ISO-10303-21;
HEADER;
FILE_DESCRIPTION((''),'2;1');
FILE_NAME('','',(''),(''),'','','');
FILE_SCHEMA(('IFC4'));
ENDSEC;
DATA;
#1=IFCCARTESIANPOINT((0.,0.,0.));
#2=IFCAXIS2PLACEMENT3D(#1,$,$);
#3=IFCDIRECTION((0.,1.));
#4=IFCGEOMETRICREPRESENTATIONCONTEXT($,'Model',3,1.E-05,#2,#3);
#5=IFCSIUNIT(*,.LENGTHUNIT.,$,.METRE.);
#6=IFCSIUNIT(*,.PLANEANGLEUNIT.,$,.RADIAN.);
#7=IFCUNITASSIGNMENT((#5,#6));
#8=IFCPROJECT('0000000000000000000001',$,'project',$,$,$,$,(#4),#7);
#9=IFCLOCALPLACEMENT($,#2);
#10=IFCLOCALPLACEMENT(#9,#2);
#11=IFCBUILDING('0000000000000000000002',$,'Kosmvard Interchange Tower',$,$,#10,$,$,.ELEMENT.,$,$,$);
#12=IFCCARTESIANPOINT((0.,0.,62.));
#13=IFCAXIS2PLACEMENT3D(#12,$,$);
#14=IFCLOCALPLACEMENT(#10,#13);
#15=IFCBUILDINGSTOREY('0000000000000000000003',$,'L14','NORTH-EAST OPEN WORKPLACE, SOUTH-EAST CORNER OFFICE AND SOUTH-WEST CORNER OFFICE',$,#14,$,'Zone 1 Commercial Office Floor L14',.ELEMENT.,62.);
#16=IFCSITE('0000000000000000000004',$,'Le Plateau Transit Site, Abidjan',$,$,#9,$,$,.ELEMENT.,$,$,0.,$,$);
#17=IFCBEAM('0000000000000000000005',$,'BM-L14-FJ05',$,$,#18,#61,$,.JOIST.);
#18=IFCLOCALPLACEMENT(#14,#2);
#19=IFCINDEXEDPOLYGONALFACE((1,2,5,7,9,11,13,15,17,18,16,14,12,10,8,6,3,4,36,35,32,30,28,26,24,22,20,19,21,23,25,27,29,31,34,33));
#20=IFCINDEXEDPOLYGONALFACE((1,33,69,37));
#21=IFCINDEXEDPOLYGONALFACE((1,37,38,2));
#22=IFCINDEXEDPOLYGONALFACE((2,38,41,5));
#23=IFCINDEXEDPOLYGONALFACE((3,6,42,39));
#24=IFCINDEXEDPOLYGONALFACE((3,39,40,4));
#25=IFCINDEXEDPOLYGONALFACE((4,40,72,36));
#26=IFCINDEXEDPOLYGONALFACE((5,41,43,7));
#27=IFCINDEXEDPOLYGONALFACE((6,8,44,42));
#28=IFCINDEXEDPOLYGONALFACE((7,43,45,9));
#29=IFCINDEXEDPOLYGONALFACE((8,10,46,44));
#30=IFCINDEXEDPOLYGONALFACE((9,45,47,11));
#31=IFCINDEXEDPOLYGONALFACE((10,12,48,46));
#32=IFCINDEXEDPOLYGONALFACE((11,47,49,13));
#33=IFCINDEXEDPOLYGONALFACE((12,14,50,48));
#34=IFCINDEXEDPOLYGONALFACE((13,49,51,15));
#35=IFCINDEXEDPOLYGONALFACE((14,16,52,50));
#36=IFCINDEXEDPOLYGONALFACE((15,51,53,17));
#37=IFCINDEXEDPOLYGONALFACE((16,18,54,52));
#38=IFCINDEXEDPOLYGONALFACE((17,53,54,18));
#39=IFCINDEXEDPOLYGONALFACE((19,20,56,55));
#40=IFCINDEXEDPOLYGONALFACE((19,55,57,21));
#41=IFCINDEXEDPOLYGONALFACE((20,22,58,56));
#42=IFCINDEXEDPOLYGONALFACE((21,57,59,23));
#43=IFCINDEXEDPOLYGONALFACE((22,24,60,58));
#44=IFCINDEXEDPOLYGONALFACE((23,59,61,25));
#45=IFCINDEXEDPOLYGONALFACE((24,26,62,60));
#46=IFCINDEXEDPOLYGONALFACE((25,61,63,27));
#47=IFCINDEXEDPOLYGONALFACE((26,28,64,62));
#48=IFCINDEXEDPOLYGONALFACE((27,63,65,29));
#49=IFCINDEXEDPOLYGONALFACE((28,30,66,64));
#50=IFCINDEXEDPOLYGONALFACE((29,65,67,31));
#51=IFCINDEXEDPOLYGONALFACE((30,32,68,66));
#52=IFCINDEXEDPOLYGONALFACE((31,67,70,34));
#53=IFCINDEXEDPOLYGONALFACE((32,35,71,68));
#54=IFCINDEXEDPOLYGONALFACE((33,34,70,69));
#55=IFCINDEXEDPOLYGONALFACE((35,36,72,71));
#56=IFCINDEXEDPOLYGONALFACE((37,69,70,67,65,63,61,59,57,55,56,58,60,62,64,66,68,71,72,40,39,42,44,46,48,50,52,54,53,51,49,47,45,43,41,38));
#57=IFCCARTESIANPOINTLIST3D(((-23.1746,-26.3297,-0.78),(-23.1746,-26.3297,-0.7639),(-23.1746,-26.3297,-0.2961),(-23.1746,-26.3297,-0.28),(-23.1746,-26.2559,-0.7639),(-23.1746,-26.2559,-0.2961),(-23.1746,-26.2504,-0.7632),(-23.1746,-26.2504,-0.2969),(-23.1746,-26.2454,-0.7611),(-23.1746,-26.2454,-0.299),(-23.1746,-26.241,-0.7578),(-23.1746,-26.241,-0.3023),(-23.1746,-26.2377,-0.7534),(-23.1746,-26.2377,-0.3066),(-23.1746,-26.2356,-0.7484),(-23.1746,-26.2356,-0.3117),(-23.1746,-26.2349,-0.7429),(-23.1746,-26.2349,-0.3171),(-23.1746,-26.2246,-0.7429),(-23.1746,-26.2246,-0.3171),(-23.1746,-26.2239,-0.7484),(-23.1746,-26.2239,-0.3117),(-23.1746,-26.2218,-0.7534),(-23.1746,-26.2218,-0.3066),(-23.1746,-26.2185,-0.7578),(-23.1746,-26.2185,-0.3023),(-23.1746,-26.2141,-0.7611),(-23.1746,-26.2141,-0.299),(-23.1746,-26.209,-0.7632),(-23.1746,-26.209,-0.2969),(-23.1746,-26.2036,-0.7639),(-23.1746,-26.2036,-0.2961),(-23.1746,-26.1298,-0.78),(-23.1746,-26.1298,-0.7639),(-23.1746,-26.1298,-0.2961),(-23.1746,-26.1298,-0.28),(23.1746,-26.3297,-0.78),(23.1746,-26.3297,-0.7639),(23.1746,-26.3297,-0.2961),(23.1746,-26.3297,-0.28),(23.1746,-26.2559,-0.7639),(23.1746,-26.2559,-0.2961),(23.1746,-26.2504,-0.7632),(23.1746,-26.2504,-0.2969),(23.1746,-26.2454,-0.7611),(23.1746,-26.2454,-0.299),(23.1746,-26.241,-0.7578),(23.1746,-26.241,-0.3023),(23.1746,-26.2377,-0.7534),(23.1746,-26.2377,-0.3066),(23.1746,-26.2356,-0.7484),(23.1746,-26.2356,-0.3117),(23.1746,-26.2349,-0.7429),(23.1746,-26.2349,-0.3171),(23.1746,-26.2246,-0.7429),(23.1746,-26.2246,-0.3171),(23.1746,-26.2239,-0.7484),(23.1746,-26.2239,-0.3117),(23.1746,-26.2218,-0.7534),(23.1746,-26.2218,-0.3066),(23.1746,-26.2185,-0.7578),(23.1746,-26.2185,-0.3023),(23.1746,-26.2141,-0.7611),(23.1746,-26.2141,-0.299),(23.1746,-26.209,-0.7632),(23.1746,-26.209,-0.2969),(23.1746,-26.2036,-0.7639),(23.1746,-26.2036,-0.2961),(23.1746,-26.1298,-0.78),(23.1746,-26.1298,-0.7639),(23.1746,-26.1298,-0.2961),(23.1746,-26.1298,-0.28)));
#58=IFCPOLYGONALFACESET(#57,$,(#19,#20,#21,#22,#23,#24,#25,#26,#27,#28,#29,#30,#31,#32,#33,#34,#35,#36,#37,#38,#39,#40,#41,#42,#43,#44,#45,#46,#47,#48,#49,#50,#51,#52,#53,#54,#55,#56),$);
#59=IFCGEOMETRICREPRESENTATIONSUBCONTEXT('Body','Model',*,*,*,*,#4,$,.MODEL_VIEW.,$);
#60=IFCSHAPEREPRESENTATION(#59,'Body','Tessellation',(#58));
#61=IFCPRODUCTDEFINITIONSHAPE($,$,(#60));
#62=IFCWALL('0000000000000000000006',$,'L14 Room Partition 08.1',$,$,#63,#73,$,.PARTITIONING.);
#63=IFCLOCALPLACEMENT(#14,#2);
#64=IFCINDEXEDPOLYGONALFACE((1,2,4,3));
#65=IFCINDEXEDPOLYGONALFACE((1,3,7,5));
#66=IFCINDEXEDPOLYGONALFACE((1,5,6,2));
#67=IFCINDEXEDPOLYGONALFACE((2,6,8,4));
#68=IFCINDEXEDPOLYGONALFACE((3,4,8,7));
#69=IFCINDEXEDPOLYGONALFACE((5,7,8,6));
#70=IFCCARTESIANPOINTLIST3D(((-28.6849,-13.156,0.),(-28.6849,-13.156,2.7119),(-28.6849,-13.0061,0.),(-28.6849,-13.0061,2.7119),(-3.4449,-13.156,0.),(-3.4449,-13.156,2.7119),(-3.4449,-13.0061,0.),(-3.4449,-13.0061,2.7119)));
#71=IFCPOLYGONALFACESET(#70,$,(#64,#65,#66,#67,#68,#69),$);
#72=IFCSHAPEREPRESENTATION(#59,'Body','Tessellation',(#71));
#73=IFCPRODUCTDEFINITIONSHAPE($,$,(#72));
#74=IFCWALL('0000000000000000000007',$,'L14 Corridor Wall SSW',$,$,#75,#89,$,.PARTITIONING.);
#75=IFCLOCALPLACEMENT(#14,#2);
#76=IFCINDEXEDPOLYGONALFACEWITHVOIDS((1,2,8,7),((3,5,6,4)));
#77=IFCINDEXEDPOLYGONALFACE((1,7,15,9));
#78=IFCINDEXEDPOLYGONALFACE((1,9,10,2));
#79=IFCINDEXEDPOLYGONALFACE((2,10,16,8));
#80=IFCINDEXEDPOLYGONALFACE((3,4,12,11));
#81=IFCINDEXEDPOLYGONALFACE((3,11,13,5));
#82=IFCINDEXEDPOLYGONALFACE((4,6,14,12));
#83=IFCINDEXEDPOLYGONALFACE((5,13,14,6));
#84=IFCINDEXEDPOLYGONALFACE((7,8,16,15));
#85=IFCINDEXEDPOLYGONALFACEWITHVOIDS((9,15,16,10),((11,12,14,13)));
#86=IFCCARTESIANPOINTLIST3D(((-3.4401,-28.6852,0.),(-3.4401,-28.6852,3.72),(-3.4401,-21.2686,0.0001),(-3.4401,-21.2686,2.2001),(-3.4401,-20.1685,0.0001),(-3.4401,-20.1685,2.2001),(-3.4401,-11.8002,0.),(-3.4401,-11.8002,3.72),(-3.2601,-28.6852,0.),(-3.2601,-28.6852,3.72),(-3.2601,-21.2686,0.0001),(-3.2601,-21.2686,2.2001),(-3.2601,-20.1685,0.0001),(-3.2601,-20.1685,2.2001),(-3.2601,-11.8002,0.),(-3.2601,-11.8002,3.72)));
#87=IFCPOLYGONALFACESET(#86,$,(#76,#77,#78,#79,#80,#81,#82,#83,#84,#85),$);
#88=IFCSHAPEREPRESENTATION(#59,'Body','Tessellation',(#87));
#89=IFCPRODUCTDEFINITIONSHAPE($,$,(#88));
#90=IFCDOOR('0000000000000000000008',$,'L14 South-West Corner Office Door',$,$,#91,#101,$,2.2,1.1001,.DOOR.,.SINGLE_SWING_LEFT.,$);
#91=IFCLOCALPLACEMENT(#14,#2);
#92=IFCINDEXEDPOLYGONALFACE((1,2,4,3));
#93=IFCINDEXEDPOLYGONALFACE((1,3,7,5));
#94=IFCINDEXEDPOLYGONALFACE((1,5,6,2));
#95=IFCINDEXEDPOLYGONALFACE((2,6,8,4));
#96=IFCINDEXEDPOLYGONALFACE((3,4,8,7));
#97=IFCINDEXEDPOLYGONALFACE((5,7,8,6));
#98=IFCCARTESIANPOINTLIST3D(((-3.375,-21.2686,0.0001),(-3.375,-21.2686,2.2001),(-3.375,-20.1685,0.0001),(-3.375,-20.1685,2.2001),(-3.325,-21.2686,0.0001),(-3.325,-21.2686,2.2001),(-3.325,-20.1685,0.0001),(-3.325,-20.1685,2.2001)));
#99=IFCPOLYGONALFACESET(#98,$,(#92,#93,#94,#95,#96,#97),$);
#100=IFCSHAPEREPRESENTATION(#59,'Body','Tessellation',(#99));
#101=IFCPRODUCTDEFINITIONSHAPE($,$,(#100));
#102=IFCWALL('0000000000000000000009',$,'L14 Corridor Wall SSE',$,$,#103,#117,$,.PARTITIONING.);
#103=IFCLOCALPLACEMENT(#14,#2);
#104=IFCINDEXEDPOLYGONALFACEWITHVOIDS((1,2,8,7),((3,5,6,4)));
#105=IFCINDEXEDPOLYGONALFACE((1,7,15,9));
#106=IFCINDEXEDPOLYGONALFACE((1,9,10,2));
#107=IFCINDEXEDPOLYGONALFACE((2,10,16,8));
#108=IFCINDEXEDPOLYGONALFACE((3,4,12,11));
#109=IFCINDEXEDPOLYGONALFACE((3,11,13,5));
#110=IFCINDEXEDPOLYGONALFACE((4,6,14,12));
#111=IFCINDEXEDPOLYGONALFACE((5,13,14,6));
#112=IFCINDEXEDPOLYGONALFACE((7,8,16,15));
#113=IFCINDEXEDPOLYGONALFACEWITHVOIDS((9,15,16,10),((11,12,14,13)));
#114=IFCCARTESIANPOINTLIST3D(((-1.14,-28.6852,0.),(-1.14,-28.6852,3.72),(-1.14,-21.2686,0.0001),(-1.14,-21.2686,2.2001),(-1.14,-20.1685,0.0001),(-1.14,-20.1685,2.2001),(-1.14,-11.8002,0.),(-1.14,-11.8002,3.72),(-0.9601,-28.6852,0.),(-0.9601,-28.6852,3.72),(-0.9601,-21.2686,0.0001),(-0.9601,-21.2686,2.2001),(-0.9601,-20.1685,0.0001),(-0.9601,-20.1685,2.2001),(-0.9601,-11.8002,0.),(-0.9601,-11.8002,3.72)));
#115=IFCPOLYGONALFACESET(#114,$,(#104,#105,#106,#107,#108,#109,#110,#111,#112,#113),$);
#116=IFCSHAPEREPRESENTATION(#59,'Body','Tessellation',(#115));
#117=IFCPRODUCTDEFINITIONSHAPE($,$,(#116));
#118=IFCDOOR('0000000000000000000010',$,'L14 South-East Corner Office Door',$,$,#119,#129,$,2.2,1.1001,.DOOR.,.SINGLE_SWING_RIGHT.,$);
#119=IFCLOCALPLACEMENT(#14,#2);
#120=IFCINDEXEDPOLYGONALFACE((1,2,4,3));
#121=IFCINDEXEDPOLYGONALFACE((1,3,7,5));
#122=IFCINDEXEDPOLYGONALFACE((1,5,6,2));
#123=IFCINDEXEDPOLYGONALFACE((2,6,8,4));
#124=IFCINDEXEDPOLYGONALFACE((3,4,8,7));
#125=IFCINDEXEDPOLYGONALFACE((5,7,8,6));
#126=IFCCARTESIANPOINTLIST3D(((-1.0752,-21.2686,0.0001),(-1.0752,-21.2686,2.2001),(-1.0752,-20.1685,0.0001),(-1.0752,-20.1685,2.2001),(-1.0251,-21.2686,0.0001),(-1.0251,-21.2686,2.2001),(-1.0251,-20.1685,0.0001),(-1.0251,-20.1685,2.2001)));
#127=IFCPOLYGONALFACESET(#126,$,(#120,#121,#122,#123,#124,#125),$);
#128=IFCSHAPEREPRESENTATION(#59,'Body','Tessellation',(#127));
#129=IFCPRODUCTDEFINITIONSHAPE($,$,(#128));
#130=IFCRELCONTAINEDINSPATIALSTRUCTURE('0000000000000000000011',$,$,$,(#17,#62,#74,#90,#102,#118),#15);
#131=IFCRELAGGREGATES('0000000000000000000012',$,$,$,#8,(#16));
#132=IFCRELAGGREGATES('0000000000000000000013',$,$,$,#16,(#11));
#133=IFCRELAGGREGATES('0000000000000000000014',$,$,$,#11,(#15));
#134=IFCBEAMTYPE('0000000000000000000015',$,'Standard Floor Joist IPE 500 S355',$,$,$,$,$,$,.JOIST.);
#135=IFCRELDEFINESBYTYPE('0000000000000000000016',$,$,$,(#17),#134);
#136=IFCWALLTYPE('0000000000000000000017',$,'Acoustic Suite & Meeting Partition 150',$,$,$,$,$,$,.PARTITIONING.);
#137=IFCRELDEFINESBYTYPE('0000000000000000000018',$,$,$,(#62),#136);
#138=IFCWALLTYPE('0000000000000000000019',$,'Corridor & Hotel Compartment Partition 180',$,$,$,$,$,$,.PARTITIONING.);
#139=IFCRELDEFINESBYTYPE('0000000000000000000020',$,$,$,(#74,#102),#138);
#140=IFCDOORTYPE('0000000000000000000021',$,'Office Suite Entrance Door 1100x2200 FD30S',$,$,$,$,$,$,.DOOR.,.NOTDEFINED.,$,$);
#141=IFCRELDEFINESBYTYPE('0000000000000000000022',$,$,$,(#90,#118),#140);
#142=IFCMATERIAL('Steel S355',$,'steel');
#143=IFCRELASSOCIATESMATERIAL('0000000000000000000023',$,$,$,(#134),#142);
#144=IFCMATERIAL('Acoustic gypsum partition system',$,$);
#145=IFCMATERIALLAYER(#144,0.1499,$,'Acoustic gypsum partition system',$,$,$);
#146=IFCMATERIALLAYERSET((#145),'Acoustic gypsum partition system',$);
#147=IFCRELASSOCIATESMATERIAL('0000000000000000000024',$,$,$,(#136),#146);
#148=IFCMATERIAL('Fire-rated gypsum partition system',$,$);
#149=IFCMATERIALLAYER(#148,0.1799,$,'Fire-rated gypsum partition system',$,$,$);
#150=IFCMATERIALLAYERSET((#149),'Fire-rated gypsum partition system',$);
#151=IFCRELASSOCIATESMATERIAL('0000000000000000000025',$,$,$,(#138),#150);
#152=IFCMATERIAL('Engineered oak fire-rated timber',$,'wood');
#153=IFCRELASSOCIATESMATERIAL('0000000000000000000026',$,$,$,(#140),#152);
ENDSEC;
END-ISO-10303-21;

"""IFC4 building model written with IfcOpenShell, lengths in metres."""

from ifc_helpers import new_model, si_unit, direction, frame, frame_2d, origin, origin_2d, place, context, subcontext, project, spatial, rectangle, i_section, extrude, source, transform, mapped, material, layer, layer_set, material_profile, profile_set, type_object, element, fill, save


model = new_model("IFC4")

# Units and contexts
model_context = context("Model", 3, precision=1e-05, world=origin(), true_north=direction((0.0, 1.0)))
body_context = subcontext(model_context, "Body", "Model", "MODEL_VIEW")
ifc_project = project(units=[si_unit("LENGTHUNIT", "METRE"), si_unit("PLANEANGLEUNIT", "RADIAN")], contexts=[model_context])

# Site, building, storey
site_placement = place(None, origin())
site = spatial("IfcSite", under=ifc_project, at=site_placement, Name="Le Plateau Transit Site, Abidjan", CompositionType="ELEMENT", RefElevation=0.0)
building_placement = place(site_placement, origin())
building = spatial("IfcBuilding", under=site, at=building_placement, Name="Kosmvard Interchange Tower", CompositionType="ELEMENT")
storey_placement = place(building_placement, frame((0.0, 0.0, 62.0)))
storey = spatial("IfcBuildingStorey", under=building, at=storey_placement, Name="L14", Description="NORTH-EAST OPEN WORKPLACE, SOUTH-EAST CORNER OFFICE AND SOUTH-WEST CORNER OFFICE", LongName="Zone 1 Commercial Office Floor L14", CompositionType="ELEMENT", Elevation=62.0)

# Beam
ifc_material_1 = material(Name="Steel S355", Category="steel")
ifc_material_profile_1 = material_profile(ifc_material_1, i_section(OverallWidth=0.2, OverallDepth=0.5, WebThickness=0.0103, FlangeThickness=0.0161, FilletRadius=0.021, at=origin_2d()), Name="IPE 500")
ifc_profile_set_1 = profile_set([ifc_material_profile_1], Name="Steel S355")
beam_type_1 = type_object("IfcBeamType", Name="Standard Floor Joist IPE 500 S355", PredefinedType="JOIST", material=ifc_profile_set_1)
shared_shape_1 = source(origin(), body_context, "Body", "SweptSolid", [
    extrude(i_section(OverallWidth=0.2, OverallDepth=0.5, WebThickness=0.0103, FlangeThickness=0.0161, FilletRadius=0.021, at=origin_2d()), origin(), (0.0, 0.0, 1.0), 46.3491),
])
beam_1_placement = place(storey_placement, frame((-23.1746, -26.2297, -0.53), z_axis=(1.0, 0.0, 0.0), x_axis=(0.0, 1.0, 0.0)))
element("IfcBeam", 1, at=beam_1_placement, inside=storey, type_object=beam_type_1, Name="BM-L14-FJ05", PredefinedType="JOIST", context=body_context, shape_type="MappedRepresentation", body=[
    mapped(shared_shape_1, transform((0.0, 0.0, 0.0), scale=1.0)),
])

# Wall
ifc_material_2 = material(Name="Acoustic gypsum partition system")
ifc_layer_1 = layer(ifc_material_2, 0.1499, Name="Acoustic gypsum partition system")
ifc_layer_set_1 = layer_set([ifc_layer_1], Name="Acoustic gypsum partition system")
wall_type_1 = type_object("IfcWallType", Name="Acoustic Suite & Meeting Partition 150", PredefinedType="PARTITIONING", material=ifc_layer_set_1)
wall_1_placement = place(storey_placement, frame((-28.6851, -13.0811, 0.0), z_axis=(0.0, 0.0, 1.0), x_axis=(1.0, 0.0, 0.0)))
element("IfcWall", 2, at=wall_1_placement, inside=storey, type_object=wall_type_1, Name="L14 Room Partition 08.1", PredefinedType="PARTITIONING", context=body_context, shape_type="SweptSolid", body=[
    extrude(rectangle(XDim=25.24, YDim=0.1499, at=frame_2d((12.6201, 0.0))), origin(), (0.0, 0.0, 1.0), 2.7119),
])

# Walls, openings, doors
ifc_material_3 = material(Name="Fire-rated gypsum partition system")
ifc_layer_2 = layer(ifc_material_3, 0.1799, Name="Fire-rated gypsum partition system")
ifc_layer_set_2 = layer_set([ifc_layer_2], Name="Fire-rated gypsum partition system")
wall_type_2 = type_object("IfcWallType", Name="Corridor & Hotel Compartment Partition 180", PredefinedType="PARTITIONING", material=ifc_layer_set_2)
wall_2_placement = place(storey_placement, frame((-3.3501, -28.6851, 0.0), z_axis=(0.0, 0.0, 1.0), x_axis=(0.0, 1.0, 0.0)))
wall_2 = element("IfcWall", 3, at=wall_2_placement, inside=storey, type_object=wall_type_2, Name="L14 Corridor Wall SSW", PredefinedType="PARTITIONING", context=body_context, shape_type="SweptSolid", body=[
    extrude(rectangle(XDim=16.885, YDim=0.1799, at=frame_2d((8.4424, 0.0))), origin(), (0.0, 0.0, 1.0), 3.72),
])
opening_1_placement = place(wall_2_placement, frame((7.4165, 0.0, 0.0)))
opening_1 = element("IfcOpeningElement", 4, at=opening_1_placement, cuts=wall_2, PredefinedType="OPENING", context=body_context, shape_type="SweptSolid", body=[
    extrude(rectangle(XDim=1.1001, YDim=2.2, at=frame_2d((0.55, 1.1001))), frame((0.0, 0.1001, 0.0), z_axis=(0.0, -1.0, 0.0), x_axis=(1.0, 0.0, 0.0)), (0.0, 0.0, 1.0), 0.2),
])
ifc_material_4 = material(Name="Engineered oak fire-rated timber", Category="wood")
door_type_1 = type_object("IfcDoorType", Name="Office Suite Entrance Door 1100x2200 FD30S", OperationType="NOTDEFINED", PredefinedType="DOOR", material=ifc_material_4)
shared_shape_2 = source(origin(), body_context, "Body", "SweptSolid", [
    extrude(rectangle(XDim=1.1001, YDim=2.2, at=frame_2d((0.55, 1.1001))), frame((0.0, 0.0249, 0.0), z_axis=(0.0, -1.0, 0.0), x_axis=(1.0, 0.0, 0.0)), (0.0, 0.0, 1.0), 0.05),
])
door_1_placement = place(opening_1_placement, origin())
door_1 = element("IfcDoor", 5, at=door_1_placement, inside=storey, type_object=door_type_1, Name="L14 South-West Corner Office Door", OperationType="SINGLE_SWING_LEFT", OverallHeight=2.2, OverallWidth=1.1001, PredefinedType="DOOR", context=body_context, shape_type="MappedRepresentation", body=[
    mapped(shared_shape_2, transform((0.0, 0.0, 0.0), scale=1.0)),
])
fill(opening_1, door_1)
wall_3_placement = place(storey_placement, frame((-1.05, -28.6851, 0.0), z_axis=(0.0, 0.0, 1.0), x_axis=(0.0, 1.0, 0.0)))
wall_3 = element("IfcWall", 6, at=wall_3_placement, inside=storey, type_object=wall_type_2, Name="L14 Corridor Wall SSE", PredefinedType="PARTITIONING", context=body_context, shape_type="SweptSolid", body=[
    extrude(rectangle(XDim=16.885, YDim=0.1799, at=frame_2d((8.4424, 0.0))), origin(), (0.0, 0.0, 1.0), 3.72),
])
opening_2_placement = place(wall_3_placement, frame((7.4165, 0.0, 0.0)))
opening_2 = element("IfcOpeningElement", 7, at=opening_2_placement, cuts=wall_3, PredefinedType="OPENING", context=body_context, shape_type="SweptSolid", body=[
    extrude(rectangle(XDim=1.1001, YDim=2.2, at=frame_2d((0.55, 1.1001))), frame((0.0, 0.1001, 0.0), z_axis=(0.0, -1.0, 0.0), x_axis=(1.0, 0.0, 0.0)), (0.0, 0.0, 1.0), 0.2),
])
door_2_placement = place(opening_2_placement, frame((1.1001, 0.0, 0.0), z_axis=(0.0, 0.0, 1.0), x_axis=(-1.0, 0.0, 0.0)))
door_2 = element("IfcDoor", 8, at=door_2_placement, inside=storey, type_object=door_type_1, Name="L14 South-East Corner Office Door", OperationType="SINGLE_SWING_RIGHT", OverallHeight=2.2, OverallWidth=1.1001, PredefinedType="DOOR", context=body_context, shape_type="MappedRepresentation", body=[
    mapped(shared_shape_2, transform((0.0, 0.0, 0.0), scale=1.0)),
])
fill(opening_2, door_2)

save(model, "model.ifc")
